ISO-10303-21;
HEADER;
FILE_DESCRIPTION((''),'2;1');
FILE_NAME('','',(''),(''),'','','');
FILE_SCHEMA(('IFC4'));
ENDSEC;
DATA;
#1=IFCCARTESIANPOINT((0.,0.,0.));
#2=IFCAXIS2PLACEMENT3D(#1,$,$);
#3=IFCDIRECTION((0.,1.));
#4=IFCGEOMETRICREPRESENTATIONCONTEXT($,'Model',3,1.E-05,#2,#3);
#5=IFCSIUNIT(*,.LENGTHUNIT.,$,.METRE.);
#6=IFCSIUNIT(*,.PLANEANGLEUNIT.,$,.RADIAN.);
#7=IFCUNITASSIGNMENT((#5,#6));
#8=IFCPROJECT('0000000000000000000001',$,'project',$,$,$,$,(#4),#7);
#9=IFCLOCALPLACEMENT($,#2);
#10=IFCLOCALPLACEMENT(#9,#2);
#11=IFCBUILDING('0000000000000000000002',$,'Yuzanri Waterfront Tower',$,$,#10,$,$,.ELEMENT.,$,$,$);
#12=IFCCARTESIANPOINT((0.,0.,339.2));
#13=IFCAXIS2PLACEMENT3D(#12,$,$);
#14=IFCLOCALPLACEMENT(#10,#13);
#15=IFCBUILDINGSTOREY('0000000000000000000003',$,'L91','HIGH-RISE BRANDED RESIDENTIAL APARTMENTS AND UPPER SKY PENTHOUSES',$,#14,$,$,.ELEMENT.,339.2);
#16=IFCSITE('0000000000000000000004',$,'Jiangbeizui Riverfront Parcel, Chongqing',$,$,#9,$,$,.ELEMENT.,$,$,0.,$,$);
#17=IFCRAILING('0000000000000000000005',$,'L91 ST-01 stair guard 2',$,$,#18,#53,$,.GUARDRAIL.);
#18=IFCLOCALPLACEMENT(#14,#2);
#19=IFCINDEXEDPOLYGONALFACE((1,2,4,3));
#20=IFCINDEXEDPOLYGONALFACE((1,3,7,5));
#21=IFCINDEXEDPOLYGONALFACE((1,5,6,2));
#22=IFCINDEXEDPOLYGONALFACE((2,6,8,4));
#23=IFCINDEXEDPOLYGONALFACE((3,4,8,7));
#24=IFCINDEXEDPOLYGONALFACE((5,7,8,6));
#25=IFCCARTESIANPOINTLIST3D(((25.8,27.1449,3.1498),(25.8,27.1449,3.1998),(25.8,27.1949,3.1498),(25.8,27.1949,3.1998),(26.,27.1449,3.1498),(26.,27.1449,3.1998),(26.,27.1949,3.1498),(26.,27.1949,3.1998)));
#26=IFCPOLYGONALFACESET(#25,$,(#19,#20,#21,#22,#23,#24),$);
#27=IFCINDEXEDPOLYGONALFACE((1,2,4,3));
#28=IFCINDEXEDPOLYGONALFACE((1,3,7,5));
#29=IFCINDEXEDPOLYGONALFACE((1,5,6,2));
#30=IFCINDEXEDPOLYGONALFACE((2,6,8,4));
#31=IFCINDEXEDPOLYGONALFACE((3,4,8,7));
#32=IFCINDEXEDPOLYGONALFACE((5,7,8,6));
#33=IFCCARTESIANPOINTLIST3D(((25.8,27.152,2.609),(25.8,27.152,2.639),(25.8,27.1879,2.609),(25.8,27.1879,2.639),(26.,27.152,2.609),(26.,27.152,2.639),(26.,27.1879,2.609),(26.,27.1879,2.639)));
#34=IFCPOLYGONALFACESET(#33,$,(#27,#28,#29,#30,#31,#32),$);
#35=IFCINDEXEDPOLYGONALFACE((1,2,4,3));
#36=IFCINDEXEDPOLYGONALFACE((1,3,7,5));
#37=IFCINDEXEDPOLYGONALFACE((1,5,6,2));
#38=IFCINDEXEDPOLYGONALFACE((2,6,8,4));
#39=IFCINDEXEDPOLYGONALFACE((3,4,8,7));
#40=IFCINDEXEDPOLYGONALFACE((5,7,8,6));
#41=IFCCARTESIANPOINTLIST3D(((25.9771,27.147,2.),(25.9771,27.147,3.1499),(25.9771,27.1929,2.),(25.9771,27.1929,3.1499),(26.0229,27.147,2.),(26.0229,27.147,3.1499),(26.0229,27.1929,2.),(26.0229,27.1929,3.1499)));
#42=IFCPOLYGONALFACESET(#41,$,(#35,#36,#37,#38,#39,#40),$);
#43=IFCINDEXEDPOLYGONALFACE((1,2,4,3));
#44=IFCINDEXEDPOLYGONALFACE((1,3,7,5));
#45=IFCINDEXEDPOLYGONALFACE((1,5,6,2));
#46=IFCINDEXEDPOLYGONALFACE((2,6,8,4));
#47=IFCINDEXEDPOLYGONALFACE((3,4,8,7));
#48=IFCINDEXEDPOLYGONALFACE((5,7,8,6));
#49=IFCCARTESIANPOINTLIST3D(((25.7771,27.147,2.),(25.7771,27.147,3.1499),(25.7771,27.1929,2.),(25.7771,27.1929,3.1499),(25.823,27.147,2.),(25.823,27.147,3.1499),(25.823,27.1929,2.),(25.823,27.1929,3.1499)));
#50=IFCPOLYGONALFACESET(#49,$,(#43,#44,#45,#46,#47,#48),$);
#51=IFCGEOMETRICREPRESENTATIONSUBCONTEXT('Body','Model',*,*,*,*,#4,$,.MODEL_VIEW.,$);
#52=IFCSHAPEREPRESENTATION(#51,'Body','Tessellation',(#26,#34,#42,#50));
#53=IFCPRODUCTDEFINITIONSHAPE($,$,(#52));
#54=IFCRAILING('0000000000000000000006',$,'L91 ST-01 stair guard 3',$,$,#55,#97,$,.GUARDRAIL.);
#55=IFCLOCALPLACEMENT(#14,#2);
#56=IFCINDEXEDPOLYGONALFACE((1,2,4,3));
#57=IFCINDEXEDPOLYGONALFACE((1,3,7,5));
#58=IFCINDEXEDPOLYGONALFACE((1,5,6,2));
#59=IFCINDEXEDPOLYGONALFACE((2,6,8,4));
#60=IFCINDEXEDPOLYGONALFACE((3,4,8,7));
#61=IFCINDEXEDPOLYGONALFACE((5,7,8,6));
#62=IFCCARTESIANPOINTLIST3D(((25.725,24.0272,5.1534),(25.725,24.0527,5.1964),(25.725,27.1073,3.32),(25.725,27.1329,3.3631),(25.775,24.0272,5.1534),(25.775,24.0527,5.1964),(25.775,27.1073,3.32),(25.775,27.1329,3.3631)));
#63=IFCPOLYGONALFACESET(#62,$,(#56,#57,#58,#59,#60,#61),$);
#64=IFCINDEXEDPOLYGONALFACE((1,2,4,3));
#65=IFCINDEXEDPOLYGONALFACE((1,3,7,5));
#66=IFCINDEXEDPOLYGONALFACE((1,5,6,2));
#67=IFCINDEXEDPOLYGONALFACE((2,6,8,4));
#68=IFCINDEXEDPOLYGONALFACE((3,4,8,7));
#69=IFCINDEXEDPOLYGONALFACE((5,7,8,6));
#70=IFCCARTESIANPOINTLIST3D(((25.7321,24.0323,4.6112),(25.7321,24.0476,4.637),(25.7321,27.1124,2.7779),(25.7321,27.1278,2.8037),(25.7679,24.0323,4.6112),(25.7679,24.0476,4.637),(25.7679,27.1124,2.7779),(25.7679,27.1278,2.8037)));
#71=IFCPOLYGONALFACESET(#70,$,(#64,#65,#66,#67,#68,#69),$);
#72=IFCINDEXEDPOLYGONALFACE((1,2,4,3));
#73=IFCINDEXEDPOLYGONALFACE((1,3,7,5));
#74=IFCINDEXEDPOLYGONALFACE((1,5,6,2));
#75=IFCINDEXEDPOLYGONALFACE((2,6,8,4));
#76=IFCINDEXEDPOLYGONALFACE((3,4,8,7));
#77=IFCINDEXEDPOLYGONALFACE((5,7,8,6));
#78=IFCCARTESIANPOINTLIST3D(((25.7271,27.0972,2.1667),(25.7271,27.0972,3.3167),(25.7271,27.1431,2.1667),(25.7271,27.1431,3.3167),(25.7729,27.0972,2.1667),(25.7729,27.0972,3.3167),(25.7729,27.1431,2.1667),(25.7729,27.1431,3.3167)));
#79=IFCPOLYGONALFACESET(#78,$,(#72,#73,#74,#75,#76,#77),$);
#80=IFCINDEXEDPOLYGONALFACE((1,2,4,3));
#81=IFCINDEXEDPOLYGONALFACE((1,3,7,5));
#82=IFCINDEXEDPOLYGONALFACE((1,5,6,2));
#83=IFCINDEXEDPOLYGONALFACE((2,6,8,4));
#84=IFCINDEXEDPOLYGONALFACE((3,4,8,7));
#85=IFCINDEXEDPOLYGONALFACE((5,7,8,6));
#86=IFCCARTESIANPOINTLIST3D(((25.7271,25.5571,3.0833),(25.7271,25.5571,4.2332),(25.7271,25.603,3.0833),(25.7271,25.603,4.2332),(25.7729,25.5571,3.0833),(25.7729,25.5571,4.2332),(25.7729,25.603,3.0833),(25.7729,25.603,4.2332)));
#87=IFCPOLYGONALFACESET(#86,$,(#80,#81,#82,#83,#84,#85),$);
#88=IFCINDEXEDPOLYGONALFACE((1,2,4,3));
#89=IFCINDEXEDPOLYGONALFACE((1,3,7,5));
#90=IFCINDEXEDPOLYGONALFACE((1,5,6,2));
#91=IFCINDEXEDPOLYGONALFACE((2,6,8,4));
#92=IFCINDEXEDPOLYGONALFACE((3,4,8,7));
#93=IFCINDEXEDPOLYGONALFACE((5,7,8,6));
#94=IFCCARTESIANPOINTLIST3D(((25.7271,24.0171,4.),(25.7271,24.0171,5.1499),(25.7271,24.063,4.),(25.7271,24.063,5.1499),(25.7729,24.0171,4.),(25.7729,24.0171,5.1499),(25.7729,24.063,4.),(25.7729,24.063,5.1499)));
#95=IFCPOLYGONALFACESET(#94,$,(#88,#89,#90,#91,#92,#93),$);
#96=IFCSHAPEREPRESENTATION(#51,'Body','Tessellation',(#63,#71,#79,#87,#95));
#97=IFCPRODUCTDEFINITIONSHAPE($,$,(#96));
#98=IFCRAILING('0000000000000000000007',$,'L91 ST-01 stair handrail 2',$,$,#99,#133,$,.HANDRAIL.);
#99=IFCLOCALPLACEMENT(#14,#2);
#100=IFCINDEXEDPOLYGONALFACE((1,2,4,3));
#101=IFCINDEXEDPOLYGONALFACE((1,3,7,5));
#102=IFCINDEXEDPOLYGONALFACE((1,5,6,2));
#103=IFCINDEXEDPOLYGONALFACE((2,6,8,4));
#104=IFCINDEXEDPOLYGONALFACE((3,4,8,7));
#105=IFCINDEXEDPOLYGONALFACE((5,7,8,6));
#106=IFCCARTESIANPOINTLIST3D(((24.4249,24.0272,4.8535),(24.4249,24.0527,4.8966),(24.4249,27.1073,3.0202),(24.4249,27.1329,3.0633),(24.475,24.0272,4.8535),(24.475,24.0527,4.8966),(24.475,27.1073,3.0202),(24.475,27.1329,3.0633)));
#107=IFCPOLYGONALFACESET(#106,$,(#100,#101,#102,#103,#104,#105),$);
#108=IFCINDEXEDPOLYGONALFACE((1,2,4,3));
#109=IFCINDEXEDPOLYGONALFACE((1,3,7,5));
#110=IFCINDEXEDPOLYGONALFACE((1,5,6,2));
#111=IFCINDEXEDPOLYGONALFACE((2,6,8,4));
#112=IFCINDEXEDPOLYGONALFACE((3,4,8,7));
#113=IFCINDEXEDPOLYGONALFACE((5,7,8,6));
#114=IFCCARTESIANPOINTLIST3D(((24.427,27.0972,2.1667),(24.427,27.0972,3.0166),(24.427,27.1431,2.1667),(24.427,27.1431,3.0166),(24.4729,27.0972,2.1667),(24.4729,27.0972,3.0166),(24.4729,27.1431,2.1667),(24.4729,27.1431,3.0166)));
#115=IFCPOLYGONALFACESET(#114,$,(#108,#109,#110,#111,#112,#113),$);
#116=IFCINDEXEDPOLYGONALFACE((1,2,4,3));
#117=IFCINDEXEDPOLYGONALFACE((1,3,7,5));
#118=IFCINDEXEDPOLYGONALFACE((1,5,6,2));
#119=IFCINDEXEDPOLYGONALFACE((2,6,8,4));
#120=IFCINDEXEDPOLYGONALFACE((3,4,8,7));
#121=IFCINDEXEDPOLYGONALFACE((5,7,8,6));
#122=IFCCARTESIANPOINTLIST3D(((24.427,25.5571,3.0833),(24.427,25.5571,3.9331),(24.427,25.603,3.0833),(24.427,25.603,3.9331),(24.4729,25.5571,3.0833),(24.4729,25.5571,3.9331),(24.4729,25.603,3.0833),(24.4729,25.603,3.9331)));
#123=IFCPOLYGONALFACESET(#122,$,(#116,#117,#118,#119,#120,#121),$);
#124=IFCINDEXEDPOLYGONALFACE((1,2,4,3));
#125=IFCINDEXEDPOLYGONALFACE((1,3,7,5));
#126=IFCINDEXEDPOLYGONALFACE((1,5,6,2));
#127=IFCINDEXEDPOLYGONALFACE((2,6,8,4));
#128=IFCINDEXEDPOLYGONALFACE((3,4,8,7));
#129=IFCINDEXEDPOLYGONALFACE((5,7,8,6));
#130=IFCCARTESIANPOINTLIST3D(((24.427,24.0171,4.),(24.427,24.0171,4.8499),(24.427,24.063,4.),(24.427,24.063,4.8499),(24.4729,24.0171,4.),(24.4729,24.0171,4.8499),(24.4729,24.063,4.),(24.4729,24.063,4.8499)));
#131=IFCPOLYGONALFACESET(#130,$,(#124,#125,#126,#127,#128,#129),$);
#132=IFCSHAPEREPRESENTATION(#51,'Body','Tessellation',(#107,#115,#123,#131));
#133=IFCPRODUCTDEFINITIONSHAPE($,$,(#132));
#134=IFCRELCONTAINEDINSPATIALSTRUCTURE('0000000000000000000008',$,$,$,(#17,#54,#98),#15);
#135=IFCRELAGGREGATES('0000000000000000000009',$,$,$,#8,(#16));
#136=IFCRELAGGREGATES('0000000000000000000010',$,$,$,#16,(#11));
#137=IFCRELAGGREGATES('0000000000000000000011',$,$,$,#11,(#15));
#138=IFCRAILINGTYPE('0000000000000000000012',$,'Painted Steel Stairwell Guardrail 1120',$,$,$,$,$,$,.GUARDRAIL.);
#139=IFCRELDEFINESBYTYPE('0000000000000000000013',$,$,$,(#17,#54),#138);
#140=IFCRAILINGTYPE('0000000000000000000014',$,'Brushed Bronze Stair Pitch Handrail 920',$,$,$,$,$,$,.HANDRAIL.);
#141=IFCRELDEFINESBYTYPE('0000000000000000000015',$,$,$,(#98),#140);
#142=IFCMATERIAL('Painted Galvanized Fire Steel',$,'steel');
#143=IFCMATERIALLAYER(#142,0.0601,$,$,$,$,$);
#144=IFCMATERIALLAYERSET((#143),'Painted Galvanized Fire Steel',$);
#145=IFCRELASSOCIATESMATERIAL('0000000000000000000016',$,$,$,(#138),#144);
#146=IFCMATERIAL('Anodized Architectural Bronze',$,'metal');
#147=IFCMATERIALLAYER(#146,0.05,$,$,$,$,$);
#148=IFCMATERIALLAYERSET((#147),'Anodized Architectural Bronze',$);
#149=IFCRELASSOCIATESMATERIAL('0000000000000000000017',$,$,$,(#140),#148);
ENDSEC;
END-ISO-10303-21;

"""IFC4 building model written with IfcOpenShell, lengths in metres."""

from ifc_helpers import new_model, si_unit, direction, frame, origin, origin_2d, place, context, subcontext, project, spatial, rectangle, extrude, source, transform, mapped, material, layer, layer_set, type_object, element, save


model = new_model("IFC4")

# Units and contexts
model_context = context("Model", 3, precision=1e-05, world=origin(), true_north=direction((0.0, 1.0)))
body_context = subcontext(model_context, "Body", "Model", "MODEL_VIEW")
ifc_project = project(units=[si_unit("LENGTHUNIT", "METRE"), si_unit("PLANEANGLEUNIT", "RADIAN")], contexts=[model_context])

# Site, building, storey
site_placement = place(None, origin())
site = spatial("IfcSite", under=ifc_project, at=site_placement, Name="Jiangbeizui Riverfront Parcel, Chongqing", CompositionType="ELEMENT", RefElevation=0.0)
building_placement = place(site_placement, origin())
building = spatial("IfcBuilding", under=site, at=building_placement, Name="Yuzanri Waterfront Tower", CompositionType="ELEMENT")
storey_placement = place(building_placement, frame((0.0, 0.0, 339.2)))
storey = spatial("IfcBuildingStorey", under=building, at=storey_placement, Name="L91", Description="HIGH-RISE BRANDED RESIDENTIAL APARTMENTS AND UPPER SKY PENTHOUSES", CompositionType="ELEMENT", Elevation=339.2)

# Railings
ifc_material_1 = material(Name="Painted Galvanized Fire Steel", Category="steel")
ifc_layer_1 = layer(ifc_material_1, 0.0601)
ifc_layer_set_1 = layer_set([ifc_layer_1], Name="Painted Galvanized Fire Steel")
railing_type_1 = type_object("IfcRailingType", Name="Painted Steel Stairwell Guardrail 1120", PredefinedType="GUARDRAIL", material=ifc_layer_set_1)
shared_shape_1 = source(origin(), body_context, "Body", "SweptSolid", [
    extrude(rectangle(XDim=0.05, YDim=0.05, at=origin_2d()), frame((0.0, 0.0, 1.1748), z_axis=(-1.0, 0.0, 0.0), x_axis=(0.0, -1.0, 0.0)), (0.0, 0.0, 1.0), 0.2),
    extrude(rectangle(XDim=0.0359, YDim=0.03, at=origin_2d()), frame((0.0, 0.0, 0.624), z_axis=(-1.0, 0.0, 0.0), x_axis=(0.0, -1.0, 0.0)), (0.0, 0.0, 1.0), 0.2),
    extrude(rectangle(XDim=0.0459, YDim=0.0459, at=origin_2d()), origin(), (0.0, 0.0, 1.0), 1.1499),
    extrude(rectangle(XDim=0.0459, YDim=0.0459, at=origin_2d()), frame((-0.2, 0.0, 0.0)), (0.0, 0.0, 1.0), 1.1499),
])
railing_1_placement = place(storey_placement, frame((26.0, 27.1699, 2.0)))
element("IfcRailing", 1, at=railing_1_placement, inside=storey, type_object=railing_type_1, Name="L91 ST-01 stair guard 2", PredefinedType="GUARDRAIL", context=body_context, shape_type="MappedRepresentation", body=[
    mapped(shared_shape_1, transform((0.0, 0.0, 0.0), scale=1.0)),
])
shared_shape_2 = source(origin(), body_context, "Body", "SweptSolid", [
    extrude(rectangle(XDim=0.05, YDim=0.05, at=origin_2d()), frame((0.0, 0.0, 1.1748), z_axis=(0.0, -0.859309, 0.511458), x_axis=(1.0, 0.0, 0.0)), (0.0, 0.0, 1.0), 3.5845),
    extrude(rectangle(XDim=0.0359, YDim=0.03, at=origin_2d()), frame((0.0, 0.0, 0.624), z_axis=(0.0, -0.859309, 0.511458), x_axis=(1.0, 0.0, 0.0)), (0.0, 0.0, 1.0), 3.5845),
    extrude(rectangle(XDim=0.0459, YDim=0.0459, at=origin_2d()), origin(), (0.0, 0.0, 1.0), 1.1499),
    extrude(rectangle(XDim=0.0459, YDim=0.0459, at=origin_2d()), frame((0.0, -1.54, 0.9165)), (0.0, 0.0, 1.0), 1.1499),
    extrude(rectangle(XDim=0.0459, YDim=0.0459, at=origin_2d()), frame((0.0, -3.0801, 1.8333)), (0.0, 0.0, 1.0), 1.1499),
])
railing_2_placement = place(storey_placement, frame((25.75, 27.1201, 2.1667)))
element("IfcRailing", 2, at=railing_2_placement, inside=storey, type_object=railing_type_1, Name="L91 ST-01 stair guard 3", PredefinedType="GUARDRAIL", context=body_context, shape_type="MappedRepresentation", body=[
    mapped(shared_shape_2, transform((0.0, 0.0, 0.0), scale=1.0)),
])
ifc_material_2 = material(Name="Anodized Architectural Bronze", Category="metal")
ifc_layer_2 = layer(ifc_material_2, 0.05)
ifc_layer_set_2 = layer_set([ifc_layer_2], Name="Anodized Architectural Bronze")
railing_type_2 = type_object("IfcRailingType", Name="Brushed Bronze Stair Pitch Handrail 920", PredefinedType="HANDRAIL", material=ifc_layer_set_2)
shared_shape_3 = source(origin(), body_context, "Body", "SweptSolid", [
    extrude(rectangle(XDim=0.05, YDim=0.05, at=origin_2d()), frame((0.0, 0.0, 0.875), z_axis=(0.0, -0.859309, 0.511458), x_axis=(1.0, 0.0, 0.0)), (0.0, 0.0, 1.0), 3.5845),
    extrude(rectangle(XDim=0.0459, YDim=0.0459, at=origin_2d()), origin(), (0.0, 0.0, 1.0), 0.8499),
    extrude(rectangle(XDim=0.0459, YDim=0.0459, at=origin_2d()), frame((0.0, -1.54, 0.9165)), (0.0, 0.0, 1.0), 0.8499),
    extrude(rectangle(XDim=0.0459, YDim=0.0459, at=origin_2d()), frame((0.0, -3.0801, 1.8333)), (0.0, 0.0, 1.0), 0.8499),
])
railing_3_placement = place(storey_placement, frame((24.45, 27.1201, 2.1667)))
element("IfcRailing", 3, at=railing_3_placement, inside=storey, type_object=railing_type_2, Name="L91 ST-01 stair handrail 2", PredefinedType="HANDRAIL", context=body_context, shape_type="MappedRepresentation", body=[
    mapped(shared_shape_3, transform((0.0, 0.0, 0.0), scale=1.0)),
])

save(model, "model.ifc")
